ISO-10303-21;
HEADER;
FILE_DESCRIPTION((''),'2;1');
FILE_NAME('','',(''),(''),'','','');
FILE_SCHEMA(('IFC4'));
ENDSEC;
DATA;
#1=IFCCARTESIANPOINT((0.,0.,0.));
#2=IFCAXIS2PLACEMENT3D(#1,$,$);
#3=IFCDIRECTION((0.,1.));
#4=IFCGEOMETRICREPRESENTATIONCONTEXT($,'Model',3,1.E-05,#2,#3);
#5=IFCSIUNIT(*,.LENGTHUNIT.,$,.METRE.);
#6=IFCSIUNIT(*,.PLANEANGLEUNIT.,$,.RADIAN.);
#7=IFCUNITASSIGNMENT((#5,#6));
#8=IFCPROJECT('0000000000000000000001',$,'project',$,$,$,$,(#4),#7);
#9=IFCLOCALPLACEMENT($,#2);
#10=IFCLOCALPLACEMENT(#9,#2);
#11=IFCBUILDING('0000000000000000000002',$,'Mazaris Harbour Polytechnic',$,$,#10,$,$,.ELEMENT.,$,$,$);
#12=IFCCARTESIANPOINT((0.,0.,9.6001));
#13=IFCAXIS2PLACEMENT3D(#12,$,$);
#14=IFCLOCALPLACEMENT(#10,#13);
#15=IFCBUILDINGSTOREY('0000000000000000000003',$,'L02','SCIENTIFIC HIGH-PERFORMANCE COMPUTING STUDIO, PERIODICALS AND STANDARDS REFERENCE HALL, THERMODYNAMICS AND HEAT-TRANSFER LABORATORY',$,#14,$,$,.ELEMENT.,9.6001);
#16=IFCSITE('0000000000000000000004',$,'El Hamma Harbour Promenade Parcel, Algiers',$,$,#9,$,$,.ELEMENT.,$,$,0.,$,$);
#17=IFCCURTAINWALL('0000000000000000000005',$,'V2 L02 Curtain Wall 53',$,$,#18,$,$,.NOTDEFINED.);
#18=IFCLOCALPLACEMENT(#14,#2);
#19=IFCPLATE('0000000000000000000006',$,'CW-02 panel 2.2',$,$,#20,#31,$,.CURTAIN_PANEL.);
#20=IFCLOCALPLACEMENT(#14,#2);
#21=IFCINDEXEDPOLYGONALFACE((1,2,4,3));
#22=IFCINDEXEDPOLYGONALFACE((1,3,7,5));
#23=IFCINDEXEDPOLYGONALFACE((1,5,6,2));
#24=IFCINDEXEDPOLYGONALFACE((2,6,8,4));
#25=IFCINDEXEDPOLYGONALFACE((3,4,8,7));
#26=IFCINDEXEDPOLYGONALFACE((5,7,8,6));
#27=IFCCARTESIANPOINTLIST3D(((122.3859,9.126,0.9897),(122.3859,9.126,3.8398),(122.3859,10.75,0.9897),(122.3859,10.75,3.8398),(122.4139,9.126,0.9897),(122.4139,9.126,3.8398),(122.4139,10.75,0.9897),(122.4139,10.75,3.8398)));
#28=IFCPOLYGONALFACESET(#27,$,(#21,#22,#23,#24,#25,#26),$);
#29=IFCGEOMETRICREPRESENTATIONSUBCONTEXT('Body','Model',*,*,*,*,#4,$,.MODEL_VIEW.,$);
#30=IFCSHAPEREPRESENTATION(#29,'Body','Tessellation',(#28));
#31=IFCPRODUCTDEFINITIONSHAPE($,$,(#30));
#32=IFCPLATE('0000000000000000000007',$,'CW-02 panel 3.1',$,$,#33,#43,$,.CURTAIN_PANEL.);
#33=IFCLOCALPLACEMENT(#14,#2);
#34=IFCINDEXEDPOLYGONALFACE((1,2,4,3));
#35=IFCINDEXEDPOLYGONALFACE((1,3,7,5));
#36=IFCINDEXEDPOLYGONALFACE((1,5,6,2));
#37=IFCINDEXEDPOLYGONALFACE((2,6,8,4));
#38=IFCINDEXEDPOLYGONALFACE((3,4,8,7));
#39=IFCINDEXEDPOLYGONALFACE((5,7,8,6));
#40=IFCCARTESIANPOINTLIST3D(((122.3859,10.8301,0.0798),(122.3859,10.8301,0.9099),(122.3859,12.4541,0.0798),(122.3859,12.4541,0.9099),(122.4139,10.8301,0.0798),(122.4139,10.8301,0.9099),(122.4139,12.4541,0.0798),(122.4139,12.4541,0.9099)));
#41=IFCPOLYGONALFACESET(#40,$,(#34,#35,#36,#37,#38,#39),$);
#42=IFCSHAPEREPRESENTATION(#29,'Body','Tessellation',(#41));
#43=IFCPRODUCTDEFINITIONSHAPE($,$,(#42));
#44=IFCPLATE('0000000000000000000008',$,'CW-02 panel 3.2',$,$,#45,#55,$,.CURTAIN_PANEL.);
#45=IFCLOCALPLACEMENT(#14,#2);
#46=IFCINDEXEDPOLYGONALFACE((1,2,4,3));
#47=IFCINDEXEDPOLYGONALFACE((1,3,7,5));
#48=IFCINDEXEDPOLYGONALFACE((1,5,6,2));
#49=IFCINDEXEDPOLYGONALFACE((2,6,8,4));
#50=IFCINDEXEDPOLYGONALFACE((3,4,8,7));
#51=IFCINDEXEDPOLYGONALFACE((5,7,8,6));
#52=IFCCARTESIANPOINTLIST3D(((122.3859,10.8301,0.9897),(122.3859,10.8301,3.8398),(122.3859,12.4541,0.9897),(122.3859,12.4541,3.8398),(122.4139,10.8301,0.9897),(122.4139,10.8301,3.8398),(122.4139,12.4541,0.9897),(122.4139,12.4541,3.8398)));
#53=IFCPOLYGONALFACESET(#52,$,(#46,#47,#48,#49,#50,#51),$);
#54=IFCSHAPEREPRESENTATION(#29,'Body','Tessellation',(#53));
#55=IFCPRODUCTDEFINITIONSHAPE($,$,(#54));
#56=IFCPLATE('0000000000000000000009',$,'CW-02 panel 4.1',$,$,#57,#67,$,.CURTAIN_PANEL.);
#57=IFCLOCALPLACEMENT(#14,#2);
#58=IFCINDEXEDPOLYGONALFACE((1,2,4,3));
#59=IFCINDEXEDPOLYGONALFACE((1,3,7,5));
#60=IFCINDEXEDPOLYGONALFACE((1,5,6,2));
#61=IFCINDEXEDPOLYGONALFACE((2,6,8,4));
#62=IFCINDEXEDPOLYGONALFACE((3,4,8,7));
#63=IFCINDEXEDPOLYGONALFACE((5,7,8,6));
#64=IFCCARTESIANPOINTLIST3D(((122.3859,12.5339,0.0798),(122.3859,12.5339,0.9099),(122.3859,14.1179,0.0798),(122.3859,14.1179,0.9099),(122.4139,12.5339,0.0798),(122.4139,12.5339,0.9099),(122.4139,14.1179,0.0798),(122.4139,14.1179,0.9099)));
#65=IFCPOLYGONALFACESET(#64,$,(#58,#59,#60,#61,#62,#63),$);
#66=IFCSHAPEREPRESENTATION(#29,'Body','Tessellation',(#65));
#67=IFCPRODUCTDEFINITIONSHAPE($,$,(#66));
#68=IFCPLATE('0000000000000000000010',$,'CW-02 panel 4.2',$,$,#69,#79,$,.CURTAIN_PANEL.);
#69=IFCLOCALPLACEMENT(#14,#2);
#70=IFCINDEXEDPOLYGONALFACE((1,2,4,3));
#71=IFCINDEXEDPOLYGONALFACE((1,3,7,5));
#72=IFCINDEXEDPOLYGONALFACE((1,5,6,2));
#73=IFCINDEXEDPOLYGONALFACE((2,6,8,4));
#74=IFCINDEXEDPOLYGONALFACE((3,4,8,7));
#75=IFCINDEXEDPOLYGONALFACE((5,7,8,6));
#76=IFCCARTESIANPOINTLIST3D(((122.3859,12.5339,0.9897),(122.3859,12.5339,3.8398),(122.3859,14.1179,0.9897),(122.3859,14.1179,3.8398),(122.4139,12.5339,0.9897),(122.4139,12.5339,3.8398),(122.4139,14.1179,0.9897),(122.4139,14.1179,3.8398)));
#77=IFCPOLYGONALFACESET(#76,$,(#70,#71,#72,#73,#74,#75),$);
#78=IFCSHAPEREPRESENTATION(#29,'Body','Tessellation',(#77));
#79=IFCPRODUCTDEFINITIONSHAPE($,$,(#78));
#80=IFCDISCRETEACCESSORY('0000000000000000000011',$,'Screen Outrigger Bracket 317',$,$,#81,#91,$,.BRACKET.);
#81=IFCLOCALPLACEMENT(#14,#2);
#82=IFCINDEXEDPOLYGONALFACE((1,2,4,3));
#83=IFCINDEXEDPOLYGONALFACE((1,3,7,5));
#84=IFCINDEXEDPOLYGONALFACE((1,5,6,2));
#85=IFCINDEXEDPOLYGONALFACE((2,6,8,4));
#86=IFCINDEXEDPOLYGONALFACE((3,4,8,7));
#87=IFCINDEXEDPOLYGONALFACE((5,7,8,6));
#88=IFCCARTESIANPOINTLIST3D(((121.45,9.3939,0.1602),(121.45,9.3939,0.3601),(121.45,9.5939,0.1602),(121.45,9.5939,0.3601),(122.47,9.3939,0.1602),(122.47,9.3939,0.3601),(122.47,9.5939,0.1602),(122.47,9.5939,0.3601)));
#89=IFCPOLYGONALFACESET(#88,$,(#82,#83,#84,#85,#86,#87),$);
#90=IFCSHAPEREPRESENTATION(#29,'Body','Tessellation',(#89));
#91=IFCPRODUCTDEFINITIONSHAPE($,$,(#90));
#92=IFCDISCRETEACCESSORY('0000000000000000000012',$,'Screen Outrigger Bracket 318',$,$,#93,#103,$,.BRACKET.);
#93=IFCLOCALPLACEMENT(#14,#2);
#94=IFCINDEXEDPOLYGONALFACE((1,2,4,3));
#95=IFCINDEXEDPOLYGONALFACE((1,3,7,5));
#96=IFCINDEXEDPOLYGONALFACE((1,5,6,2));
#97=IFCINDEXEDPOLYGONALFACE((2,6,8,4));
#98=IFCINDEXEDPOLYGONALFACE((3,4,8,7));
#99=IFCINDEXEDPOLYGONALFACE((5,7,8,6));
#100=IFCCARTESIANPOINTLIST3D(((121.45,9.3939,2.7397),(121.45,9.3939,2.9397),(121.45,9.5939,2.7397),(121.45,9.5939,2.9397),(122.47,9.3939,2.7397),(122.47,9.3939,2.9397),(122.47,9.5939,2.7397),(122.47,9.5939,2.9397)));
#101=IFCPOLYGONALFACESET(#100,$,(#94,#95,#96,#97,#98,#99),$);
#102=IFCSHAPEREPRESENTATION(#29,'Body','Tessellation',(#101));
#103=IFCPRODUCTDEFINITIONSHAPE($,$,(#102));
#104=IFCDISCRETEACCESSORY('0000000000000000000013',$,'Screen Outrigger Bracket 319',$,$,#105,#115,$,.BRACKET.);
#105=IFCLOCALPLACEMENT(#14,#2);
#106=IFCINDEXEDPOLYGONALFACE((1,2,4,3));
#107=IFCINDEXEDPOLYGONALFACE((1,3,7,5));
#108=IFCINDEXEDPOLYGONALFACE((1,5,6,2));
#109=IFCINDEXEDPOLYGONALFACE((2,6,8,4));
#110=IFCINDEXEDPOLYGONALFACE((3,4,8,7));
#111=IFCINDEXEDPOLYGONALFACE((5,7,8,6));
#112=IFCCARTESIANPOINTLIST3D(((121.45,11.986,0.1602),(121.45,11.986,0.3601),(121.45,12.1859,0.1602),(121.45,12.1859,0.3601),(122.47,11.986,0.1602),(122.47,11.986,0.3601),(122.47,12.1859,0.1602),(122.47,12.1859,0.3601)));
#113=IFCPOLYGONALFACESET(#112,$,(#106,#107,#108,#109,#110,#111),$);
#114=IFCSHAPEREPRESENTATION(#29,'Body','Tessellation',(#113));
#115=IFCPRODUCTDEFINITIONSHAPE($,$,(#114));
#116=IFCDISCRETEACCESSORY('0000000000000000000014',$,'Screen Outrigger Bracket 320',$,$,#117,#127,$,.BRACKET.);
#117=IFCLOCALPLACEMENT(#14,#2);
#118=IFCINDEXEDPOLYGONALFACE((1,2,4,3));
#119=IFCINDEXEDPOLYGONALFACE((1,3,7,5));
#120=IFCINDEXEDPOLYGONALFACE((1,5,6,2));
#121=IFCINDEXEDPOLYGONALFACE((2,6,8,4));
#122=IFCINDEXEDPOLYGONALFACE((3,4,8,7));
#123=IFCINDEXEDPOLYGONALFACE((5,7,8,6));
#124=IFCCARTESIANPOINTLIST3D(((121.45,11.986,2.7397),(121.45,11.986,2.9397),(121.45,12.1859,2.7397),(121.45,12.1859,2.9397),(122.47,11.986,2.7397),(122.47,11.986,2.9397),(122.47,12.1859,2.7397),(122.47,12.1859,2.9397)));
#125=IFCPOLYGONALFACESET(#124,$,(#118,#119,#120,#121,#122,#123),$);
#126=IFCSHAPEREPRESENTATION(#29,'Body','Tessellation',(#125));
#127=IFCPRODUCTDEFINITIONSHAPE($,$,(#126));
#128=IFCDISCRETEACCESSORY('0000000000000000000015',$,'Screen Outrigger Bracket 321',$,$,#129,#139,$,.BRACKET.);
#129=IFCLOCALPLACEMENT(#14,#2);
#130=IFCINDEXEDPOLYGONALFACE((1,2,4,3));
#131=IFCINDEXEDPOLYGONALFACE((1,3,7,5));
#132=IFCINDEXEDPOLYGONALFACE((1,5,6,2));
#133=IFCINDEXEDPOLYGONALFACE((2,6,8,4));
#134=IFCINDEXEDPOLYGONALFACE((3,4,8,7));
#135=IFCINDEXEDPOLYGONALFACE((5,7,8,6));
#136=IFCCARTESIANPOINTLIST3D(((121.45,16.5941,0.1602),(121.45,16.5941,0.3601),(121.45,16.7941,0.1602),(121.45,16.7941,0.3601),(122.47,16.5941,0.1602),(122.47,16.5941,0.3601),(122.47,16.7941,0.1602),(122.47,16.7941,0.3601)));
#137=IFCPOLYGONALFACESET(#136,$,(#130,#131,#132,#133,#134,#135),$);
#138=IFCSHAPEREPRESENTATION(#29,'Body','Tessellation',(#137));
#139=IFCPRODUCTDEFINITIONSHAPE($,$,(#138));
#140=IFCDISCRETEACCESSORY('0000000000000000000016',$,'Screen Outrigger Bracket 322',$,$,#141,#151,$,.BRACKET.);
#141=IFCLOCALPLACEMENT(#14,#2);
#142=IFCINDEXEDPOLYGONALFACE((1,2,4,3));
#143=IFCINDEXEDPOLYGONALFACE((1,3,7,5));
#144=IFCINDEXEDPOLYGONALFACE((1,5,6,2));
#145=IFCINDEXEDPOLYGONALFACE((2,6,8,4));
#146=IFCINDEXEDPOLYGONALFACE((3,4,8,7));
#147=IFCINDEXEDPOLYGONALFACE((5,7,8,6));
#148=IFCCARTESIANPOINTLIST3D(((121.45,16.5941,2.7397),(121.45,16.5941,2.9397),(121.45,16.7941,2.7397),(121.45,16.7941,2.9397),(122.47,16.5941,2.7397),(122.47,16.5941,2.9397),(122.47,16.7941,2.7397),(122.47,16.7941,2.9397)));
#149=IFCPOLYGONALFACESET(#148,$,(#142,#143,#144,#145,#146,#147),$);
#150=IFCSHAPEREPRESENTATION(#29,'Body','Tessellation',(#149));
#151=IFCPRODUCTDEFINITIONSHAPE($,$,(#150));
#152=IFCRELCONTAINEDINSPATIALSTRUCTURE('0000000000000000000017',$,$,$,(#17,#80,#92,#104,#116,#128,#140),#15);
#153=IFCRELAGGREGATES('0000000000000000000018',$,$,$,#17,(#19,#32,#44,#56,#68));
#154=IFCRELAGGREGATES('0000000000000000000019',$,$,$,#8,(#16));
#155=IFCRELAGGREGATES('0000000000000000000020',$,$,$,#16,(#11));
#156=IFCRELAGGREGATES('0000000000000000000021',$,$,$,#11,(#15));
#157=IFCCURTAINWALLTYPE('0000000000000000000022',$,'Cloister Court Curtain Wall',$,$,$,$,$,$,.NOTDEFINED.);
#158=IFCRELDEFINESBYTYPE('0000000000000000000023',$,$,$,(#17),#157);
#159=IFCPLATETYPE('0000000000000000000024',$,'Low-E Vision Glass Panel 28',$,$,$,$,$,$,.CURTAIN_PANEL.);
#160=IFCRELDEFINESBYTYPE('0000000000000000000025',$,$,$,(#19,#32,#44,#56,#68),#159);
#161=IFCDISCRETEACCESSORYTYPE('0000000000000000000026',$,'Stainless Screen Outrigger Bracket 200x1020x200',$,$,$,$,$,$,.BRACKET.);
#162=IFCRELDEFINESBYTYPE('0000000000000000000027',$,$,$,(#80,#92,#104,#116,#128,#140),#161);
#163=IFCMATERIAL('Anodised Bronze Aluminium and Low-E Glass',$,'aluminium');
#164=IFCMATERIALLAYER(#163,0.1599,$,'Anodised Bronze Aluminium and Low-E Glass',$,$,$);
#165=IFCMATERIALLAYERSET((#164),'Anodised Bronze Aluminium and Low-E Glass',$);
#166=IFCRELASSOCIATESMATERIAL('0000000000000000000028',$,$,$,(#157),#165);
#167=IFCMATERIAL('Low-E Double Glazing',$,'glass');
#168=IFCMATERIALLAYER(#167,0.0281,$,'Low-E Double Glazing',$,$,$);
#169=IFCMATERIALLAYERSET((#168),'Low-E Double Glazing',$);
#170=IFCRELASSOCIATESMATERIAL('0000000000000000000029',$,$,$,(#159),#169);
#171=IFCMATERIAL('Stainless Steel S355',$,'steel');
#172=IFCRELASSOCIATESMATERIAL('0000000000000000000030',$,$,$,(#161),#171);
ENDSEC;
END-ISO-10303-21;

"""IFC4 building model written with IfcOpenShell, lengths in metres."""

from ifc_helpers import new_model, si_unit, direction, frame, origin, origin_2d, place, context, subcontext, project, spatial, rectangle, extrude, material, layer, layer_set, type_object, element, aggregate, save


model = new_model("IFC4")

# Units and contexts
model_context = context("Model", 3, precision=1e-05, world=origin(), true_north=direction((0.0, 1.0)))
body_context = subcontext(model_context, "Body", "Model", "MODEL_VIEW")
ifc_project = project(units=[si_unit("LENGTHUNIT", "METRE"), si_unit("PLANEANGLEUNIT", "RADIAN")], contexts=[model_context])

# Site, building, storey
site_placement = place(None, origin())
site = spatial("IfcSite", under=ifc_project, at=site_placement, Name="El Hamma Harbour Promenade Parcel, Algiers", CompositionType="ELEMENT", RefElevation=0.0)
building_placement = place(site_placement, origin())
building = spatial("IfcBuilding", under=site, at=building_placement, Name="Mazaris Harbour Polytechnic", CompositionType="ELEMENT")
storey_placement = place(building_placement, frame((0.0, 0.0, 9.6001)))
storey = spatial("IfcBuildingStorey", under=building, at=storey_placement, Name="L02", Description="SCIENTIFIC HIGH-PERFORMANCE COMPUTING STUDIO, PERIODICALS AND STANDARDS REFERENCE HALL, THERMODYNAMICS AND HEAT-TRANSFER LABORATORY", CompositionType="ELEMENT", Elevation=9.6001)

# Curtain wall
ifc_material_1 = material(Name="Anodised Bronze Aluminium and Low-E Glass", Category="aluminium")
ifc_layer_1 = layer(ifc_material_1, 0.1599, Name="Anodised Bronze Aluminium and Low-E Glass")
ifc_layer_set_1 = layer_set([ifc_layer_1], Name="Anodised Bronze Aluminium and Low-E Glass")
curtain_wall_type = type_object("IfcCurtainWallType", Name="Cloister Court Curtain Wall", PredefinedType="NOTDEFINED", material=ifc_layer_set_1)
curtain_wall_placement = place(storey_placement, origin())
curtain_wall = element("IfcCurtainWall", 1, at=curtain_wall_placement, inside=storey, type_object=curtain_wall_type, Name="V2 L02 Curtain Wall 53", PredefinedType="NOTDEFINED")

# Plates
ifc_material_2 = material(Name="Low-E Double Glazing", Category="glass")
ifc_layer_2 = layer(ifc_material_2, 0.0281, Name="Low-E Double Glazing")
ifc_layer_set_2 = layer_set([ifc_layer_2], Name="Low-E Double Glazing")
plate_type = type_object("IfcPlateType", Name="Low-E Vision Glass Panel 28", PredefinedType="CURTAIN_PANEL", material=ifc_layer_set_2)
plate_1_placement = place(storey_placement, frame((122.3999, 9.938, 0.9897), z_axis=(0.0, 0.0, 1.0), x_axis=(0.0, 1.0, 0.0)))
plate_1 = element("IfcPlate", 2, at=plate_1_placement, type_object=plate_type, Name="CW-02 panel 2.2", PredefinedType="CURTAIN_PANEL", context=body_context, shape_type="SweptSolid", body=[
    extrude(rectangle(XDim=1.624, YDim=0.0281, at=origin_2d()), origin(), (0.0, 0.0, 1.0), 2.8501),
])
plate_2_placement = place(storey_placement, frame((122.3999, 11.6421, 0.0798), z_axis=(0.0, 0.0, 1.0), x_axis=(0.0, 1.0, 0.0)))
plate_2 = element("IfcPlate", 3, at=plate_2_placement, type_object=plate_type, Name="CW-02 panel 3.1", PredefinedType="CURTAIN_PANEL", context=body_context, shape_type="SweptSolid", body=[
    extrude(rectangle(XDim=1.624, YDim=0.0281, at=origin_2d()), origin(), (0.0, 0.0, 1.0), 0.8301),
])
plate_3_placement = place(storey_placement, frame((122.3999, 11.6421, 0.9897), z_axis=(0.0, 0.0, 1.0), x_axis=(0.0, 1.0, 0.0)))
plate_3 = element("IfcPlate", 4, at=plate_3_placement, type_object=plate_type, Name="CW-02 panel 3.2", PredefinedType="CURTAIN_PANEL", context=body_context, shape_type="SweptSolid", body=[
    extrude(rectangle(XDim=1.624, YDim=0.0281, at=origin_2d()), origin(), (0.0, 0.0, 1.0), 2.8501),
])
plate_4_placement = place(storey_placement, frame((122.3999, 13.3259, 0.0798), z_axis=(0.0, 0.0, 1.0), x_axis=(0.0, 1.0, 0.0)))
plate_4 = element("IfcPlate", 5, at=plate_4_placement, type_object=plate_type, Name="CW-02 panel 4.1", PredefinedType="CURTAIN_PANEL", context=body_context, shape_type="SweptSolid", body=[
    extrude(rectangle(XDim=1.584, YDim=0.0281, at=origin_2d()), origin(), (0.0, 0.0, 1.0), 0.8301),
])
plate_5_placement = place(storey_placement, frame((122.3999, 13.3259, 0.9897), z_axis=(0.0, 0.0, 1.0), x_axis=(0.0, 1.0, 0.0)))
plate_5 = element("IfcPlate", 6, at=plate_5_placement, type_object=plate_type, Name="CW-02 panel 4.2", PredefinedType="CURTAIN_PANEL", context=body_context, shape_type="SweptSolid", body=[
    extrude(rectangle(XDim=1.584, YDim=0.0281, at=origin_2d()), origin(), (0.0, 0.0, 1.0), 2.8501),
])
aggregate(curtain_wall, [plate_1, plate_2, plate_3, plate_4, plate_5])

# Discrete accessories
ifc_material_3 = material(Name="Stainless Steel S355", Category="steel")
discrete_accessory_type = type_object("IfcDiscreteAccessoryType", Name="Stainless Screen Outrigger Bracket 200x1020x200", PredefinedType="BRACKET", material=ifc_material_3)
for number, where, z_axis, x_axis, name in (
    (7, (121.96, 9.4939, 0.1602), (0.0, 0.0, 1.0), (0.0, 1.0, 0.0), "Screen Outrigger Bracket 317"),
    (8, (121.96, 9.4939, 2.7397), (0.0, 0.0, 1.0), (0.0, 1.0, 0.0), "Screen Outrigger Bracket 318"),
    (9, (121.96, 12.0859, 0.1602), (0.0, 0.0, 1.0), (0.0, 1.0, 0.0), "Screen Outrigger Bracket 319"),
    (10, (121.96, 12.0859, 2.7397), (0.0, 0.0, 1.0), (0.0, 1.0, 0.0), "Screen Outrigger Bracket 320"),
    (11, (121.96, 16.6941, 0.1602), (0.0, 0.0, 1.0), (0.0, 1.0, 0.0), "Screen Outrigger Bracket 321"),
    (12, (121.96, 16.6941, 2.7397), (0.0, 0.0, 1.0), (0.0, 1.0, 0.0), "Screen Outrigger Bracket 322"),
):
    element("IfcDiscreteAccessory", number, at=place(storey_placement, frame(where, z_axis=z_axis, x_axis=x_axis)), inside=storey, type_object=discrete_accessory_type, Name=name, PredefinedType="BRACKET", context=body_context, shape_type="SweptSolid", body=[
        extrude(rectangle(XDim=0.2, YDim=1.02, at=origin_2d()), origin(), (0.0, 0.0, 1.0), 0.2),
    ])

save(model, "model.ifc")
